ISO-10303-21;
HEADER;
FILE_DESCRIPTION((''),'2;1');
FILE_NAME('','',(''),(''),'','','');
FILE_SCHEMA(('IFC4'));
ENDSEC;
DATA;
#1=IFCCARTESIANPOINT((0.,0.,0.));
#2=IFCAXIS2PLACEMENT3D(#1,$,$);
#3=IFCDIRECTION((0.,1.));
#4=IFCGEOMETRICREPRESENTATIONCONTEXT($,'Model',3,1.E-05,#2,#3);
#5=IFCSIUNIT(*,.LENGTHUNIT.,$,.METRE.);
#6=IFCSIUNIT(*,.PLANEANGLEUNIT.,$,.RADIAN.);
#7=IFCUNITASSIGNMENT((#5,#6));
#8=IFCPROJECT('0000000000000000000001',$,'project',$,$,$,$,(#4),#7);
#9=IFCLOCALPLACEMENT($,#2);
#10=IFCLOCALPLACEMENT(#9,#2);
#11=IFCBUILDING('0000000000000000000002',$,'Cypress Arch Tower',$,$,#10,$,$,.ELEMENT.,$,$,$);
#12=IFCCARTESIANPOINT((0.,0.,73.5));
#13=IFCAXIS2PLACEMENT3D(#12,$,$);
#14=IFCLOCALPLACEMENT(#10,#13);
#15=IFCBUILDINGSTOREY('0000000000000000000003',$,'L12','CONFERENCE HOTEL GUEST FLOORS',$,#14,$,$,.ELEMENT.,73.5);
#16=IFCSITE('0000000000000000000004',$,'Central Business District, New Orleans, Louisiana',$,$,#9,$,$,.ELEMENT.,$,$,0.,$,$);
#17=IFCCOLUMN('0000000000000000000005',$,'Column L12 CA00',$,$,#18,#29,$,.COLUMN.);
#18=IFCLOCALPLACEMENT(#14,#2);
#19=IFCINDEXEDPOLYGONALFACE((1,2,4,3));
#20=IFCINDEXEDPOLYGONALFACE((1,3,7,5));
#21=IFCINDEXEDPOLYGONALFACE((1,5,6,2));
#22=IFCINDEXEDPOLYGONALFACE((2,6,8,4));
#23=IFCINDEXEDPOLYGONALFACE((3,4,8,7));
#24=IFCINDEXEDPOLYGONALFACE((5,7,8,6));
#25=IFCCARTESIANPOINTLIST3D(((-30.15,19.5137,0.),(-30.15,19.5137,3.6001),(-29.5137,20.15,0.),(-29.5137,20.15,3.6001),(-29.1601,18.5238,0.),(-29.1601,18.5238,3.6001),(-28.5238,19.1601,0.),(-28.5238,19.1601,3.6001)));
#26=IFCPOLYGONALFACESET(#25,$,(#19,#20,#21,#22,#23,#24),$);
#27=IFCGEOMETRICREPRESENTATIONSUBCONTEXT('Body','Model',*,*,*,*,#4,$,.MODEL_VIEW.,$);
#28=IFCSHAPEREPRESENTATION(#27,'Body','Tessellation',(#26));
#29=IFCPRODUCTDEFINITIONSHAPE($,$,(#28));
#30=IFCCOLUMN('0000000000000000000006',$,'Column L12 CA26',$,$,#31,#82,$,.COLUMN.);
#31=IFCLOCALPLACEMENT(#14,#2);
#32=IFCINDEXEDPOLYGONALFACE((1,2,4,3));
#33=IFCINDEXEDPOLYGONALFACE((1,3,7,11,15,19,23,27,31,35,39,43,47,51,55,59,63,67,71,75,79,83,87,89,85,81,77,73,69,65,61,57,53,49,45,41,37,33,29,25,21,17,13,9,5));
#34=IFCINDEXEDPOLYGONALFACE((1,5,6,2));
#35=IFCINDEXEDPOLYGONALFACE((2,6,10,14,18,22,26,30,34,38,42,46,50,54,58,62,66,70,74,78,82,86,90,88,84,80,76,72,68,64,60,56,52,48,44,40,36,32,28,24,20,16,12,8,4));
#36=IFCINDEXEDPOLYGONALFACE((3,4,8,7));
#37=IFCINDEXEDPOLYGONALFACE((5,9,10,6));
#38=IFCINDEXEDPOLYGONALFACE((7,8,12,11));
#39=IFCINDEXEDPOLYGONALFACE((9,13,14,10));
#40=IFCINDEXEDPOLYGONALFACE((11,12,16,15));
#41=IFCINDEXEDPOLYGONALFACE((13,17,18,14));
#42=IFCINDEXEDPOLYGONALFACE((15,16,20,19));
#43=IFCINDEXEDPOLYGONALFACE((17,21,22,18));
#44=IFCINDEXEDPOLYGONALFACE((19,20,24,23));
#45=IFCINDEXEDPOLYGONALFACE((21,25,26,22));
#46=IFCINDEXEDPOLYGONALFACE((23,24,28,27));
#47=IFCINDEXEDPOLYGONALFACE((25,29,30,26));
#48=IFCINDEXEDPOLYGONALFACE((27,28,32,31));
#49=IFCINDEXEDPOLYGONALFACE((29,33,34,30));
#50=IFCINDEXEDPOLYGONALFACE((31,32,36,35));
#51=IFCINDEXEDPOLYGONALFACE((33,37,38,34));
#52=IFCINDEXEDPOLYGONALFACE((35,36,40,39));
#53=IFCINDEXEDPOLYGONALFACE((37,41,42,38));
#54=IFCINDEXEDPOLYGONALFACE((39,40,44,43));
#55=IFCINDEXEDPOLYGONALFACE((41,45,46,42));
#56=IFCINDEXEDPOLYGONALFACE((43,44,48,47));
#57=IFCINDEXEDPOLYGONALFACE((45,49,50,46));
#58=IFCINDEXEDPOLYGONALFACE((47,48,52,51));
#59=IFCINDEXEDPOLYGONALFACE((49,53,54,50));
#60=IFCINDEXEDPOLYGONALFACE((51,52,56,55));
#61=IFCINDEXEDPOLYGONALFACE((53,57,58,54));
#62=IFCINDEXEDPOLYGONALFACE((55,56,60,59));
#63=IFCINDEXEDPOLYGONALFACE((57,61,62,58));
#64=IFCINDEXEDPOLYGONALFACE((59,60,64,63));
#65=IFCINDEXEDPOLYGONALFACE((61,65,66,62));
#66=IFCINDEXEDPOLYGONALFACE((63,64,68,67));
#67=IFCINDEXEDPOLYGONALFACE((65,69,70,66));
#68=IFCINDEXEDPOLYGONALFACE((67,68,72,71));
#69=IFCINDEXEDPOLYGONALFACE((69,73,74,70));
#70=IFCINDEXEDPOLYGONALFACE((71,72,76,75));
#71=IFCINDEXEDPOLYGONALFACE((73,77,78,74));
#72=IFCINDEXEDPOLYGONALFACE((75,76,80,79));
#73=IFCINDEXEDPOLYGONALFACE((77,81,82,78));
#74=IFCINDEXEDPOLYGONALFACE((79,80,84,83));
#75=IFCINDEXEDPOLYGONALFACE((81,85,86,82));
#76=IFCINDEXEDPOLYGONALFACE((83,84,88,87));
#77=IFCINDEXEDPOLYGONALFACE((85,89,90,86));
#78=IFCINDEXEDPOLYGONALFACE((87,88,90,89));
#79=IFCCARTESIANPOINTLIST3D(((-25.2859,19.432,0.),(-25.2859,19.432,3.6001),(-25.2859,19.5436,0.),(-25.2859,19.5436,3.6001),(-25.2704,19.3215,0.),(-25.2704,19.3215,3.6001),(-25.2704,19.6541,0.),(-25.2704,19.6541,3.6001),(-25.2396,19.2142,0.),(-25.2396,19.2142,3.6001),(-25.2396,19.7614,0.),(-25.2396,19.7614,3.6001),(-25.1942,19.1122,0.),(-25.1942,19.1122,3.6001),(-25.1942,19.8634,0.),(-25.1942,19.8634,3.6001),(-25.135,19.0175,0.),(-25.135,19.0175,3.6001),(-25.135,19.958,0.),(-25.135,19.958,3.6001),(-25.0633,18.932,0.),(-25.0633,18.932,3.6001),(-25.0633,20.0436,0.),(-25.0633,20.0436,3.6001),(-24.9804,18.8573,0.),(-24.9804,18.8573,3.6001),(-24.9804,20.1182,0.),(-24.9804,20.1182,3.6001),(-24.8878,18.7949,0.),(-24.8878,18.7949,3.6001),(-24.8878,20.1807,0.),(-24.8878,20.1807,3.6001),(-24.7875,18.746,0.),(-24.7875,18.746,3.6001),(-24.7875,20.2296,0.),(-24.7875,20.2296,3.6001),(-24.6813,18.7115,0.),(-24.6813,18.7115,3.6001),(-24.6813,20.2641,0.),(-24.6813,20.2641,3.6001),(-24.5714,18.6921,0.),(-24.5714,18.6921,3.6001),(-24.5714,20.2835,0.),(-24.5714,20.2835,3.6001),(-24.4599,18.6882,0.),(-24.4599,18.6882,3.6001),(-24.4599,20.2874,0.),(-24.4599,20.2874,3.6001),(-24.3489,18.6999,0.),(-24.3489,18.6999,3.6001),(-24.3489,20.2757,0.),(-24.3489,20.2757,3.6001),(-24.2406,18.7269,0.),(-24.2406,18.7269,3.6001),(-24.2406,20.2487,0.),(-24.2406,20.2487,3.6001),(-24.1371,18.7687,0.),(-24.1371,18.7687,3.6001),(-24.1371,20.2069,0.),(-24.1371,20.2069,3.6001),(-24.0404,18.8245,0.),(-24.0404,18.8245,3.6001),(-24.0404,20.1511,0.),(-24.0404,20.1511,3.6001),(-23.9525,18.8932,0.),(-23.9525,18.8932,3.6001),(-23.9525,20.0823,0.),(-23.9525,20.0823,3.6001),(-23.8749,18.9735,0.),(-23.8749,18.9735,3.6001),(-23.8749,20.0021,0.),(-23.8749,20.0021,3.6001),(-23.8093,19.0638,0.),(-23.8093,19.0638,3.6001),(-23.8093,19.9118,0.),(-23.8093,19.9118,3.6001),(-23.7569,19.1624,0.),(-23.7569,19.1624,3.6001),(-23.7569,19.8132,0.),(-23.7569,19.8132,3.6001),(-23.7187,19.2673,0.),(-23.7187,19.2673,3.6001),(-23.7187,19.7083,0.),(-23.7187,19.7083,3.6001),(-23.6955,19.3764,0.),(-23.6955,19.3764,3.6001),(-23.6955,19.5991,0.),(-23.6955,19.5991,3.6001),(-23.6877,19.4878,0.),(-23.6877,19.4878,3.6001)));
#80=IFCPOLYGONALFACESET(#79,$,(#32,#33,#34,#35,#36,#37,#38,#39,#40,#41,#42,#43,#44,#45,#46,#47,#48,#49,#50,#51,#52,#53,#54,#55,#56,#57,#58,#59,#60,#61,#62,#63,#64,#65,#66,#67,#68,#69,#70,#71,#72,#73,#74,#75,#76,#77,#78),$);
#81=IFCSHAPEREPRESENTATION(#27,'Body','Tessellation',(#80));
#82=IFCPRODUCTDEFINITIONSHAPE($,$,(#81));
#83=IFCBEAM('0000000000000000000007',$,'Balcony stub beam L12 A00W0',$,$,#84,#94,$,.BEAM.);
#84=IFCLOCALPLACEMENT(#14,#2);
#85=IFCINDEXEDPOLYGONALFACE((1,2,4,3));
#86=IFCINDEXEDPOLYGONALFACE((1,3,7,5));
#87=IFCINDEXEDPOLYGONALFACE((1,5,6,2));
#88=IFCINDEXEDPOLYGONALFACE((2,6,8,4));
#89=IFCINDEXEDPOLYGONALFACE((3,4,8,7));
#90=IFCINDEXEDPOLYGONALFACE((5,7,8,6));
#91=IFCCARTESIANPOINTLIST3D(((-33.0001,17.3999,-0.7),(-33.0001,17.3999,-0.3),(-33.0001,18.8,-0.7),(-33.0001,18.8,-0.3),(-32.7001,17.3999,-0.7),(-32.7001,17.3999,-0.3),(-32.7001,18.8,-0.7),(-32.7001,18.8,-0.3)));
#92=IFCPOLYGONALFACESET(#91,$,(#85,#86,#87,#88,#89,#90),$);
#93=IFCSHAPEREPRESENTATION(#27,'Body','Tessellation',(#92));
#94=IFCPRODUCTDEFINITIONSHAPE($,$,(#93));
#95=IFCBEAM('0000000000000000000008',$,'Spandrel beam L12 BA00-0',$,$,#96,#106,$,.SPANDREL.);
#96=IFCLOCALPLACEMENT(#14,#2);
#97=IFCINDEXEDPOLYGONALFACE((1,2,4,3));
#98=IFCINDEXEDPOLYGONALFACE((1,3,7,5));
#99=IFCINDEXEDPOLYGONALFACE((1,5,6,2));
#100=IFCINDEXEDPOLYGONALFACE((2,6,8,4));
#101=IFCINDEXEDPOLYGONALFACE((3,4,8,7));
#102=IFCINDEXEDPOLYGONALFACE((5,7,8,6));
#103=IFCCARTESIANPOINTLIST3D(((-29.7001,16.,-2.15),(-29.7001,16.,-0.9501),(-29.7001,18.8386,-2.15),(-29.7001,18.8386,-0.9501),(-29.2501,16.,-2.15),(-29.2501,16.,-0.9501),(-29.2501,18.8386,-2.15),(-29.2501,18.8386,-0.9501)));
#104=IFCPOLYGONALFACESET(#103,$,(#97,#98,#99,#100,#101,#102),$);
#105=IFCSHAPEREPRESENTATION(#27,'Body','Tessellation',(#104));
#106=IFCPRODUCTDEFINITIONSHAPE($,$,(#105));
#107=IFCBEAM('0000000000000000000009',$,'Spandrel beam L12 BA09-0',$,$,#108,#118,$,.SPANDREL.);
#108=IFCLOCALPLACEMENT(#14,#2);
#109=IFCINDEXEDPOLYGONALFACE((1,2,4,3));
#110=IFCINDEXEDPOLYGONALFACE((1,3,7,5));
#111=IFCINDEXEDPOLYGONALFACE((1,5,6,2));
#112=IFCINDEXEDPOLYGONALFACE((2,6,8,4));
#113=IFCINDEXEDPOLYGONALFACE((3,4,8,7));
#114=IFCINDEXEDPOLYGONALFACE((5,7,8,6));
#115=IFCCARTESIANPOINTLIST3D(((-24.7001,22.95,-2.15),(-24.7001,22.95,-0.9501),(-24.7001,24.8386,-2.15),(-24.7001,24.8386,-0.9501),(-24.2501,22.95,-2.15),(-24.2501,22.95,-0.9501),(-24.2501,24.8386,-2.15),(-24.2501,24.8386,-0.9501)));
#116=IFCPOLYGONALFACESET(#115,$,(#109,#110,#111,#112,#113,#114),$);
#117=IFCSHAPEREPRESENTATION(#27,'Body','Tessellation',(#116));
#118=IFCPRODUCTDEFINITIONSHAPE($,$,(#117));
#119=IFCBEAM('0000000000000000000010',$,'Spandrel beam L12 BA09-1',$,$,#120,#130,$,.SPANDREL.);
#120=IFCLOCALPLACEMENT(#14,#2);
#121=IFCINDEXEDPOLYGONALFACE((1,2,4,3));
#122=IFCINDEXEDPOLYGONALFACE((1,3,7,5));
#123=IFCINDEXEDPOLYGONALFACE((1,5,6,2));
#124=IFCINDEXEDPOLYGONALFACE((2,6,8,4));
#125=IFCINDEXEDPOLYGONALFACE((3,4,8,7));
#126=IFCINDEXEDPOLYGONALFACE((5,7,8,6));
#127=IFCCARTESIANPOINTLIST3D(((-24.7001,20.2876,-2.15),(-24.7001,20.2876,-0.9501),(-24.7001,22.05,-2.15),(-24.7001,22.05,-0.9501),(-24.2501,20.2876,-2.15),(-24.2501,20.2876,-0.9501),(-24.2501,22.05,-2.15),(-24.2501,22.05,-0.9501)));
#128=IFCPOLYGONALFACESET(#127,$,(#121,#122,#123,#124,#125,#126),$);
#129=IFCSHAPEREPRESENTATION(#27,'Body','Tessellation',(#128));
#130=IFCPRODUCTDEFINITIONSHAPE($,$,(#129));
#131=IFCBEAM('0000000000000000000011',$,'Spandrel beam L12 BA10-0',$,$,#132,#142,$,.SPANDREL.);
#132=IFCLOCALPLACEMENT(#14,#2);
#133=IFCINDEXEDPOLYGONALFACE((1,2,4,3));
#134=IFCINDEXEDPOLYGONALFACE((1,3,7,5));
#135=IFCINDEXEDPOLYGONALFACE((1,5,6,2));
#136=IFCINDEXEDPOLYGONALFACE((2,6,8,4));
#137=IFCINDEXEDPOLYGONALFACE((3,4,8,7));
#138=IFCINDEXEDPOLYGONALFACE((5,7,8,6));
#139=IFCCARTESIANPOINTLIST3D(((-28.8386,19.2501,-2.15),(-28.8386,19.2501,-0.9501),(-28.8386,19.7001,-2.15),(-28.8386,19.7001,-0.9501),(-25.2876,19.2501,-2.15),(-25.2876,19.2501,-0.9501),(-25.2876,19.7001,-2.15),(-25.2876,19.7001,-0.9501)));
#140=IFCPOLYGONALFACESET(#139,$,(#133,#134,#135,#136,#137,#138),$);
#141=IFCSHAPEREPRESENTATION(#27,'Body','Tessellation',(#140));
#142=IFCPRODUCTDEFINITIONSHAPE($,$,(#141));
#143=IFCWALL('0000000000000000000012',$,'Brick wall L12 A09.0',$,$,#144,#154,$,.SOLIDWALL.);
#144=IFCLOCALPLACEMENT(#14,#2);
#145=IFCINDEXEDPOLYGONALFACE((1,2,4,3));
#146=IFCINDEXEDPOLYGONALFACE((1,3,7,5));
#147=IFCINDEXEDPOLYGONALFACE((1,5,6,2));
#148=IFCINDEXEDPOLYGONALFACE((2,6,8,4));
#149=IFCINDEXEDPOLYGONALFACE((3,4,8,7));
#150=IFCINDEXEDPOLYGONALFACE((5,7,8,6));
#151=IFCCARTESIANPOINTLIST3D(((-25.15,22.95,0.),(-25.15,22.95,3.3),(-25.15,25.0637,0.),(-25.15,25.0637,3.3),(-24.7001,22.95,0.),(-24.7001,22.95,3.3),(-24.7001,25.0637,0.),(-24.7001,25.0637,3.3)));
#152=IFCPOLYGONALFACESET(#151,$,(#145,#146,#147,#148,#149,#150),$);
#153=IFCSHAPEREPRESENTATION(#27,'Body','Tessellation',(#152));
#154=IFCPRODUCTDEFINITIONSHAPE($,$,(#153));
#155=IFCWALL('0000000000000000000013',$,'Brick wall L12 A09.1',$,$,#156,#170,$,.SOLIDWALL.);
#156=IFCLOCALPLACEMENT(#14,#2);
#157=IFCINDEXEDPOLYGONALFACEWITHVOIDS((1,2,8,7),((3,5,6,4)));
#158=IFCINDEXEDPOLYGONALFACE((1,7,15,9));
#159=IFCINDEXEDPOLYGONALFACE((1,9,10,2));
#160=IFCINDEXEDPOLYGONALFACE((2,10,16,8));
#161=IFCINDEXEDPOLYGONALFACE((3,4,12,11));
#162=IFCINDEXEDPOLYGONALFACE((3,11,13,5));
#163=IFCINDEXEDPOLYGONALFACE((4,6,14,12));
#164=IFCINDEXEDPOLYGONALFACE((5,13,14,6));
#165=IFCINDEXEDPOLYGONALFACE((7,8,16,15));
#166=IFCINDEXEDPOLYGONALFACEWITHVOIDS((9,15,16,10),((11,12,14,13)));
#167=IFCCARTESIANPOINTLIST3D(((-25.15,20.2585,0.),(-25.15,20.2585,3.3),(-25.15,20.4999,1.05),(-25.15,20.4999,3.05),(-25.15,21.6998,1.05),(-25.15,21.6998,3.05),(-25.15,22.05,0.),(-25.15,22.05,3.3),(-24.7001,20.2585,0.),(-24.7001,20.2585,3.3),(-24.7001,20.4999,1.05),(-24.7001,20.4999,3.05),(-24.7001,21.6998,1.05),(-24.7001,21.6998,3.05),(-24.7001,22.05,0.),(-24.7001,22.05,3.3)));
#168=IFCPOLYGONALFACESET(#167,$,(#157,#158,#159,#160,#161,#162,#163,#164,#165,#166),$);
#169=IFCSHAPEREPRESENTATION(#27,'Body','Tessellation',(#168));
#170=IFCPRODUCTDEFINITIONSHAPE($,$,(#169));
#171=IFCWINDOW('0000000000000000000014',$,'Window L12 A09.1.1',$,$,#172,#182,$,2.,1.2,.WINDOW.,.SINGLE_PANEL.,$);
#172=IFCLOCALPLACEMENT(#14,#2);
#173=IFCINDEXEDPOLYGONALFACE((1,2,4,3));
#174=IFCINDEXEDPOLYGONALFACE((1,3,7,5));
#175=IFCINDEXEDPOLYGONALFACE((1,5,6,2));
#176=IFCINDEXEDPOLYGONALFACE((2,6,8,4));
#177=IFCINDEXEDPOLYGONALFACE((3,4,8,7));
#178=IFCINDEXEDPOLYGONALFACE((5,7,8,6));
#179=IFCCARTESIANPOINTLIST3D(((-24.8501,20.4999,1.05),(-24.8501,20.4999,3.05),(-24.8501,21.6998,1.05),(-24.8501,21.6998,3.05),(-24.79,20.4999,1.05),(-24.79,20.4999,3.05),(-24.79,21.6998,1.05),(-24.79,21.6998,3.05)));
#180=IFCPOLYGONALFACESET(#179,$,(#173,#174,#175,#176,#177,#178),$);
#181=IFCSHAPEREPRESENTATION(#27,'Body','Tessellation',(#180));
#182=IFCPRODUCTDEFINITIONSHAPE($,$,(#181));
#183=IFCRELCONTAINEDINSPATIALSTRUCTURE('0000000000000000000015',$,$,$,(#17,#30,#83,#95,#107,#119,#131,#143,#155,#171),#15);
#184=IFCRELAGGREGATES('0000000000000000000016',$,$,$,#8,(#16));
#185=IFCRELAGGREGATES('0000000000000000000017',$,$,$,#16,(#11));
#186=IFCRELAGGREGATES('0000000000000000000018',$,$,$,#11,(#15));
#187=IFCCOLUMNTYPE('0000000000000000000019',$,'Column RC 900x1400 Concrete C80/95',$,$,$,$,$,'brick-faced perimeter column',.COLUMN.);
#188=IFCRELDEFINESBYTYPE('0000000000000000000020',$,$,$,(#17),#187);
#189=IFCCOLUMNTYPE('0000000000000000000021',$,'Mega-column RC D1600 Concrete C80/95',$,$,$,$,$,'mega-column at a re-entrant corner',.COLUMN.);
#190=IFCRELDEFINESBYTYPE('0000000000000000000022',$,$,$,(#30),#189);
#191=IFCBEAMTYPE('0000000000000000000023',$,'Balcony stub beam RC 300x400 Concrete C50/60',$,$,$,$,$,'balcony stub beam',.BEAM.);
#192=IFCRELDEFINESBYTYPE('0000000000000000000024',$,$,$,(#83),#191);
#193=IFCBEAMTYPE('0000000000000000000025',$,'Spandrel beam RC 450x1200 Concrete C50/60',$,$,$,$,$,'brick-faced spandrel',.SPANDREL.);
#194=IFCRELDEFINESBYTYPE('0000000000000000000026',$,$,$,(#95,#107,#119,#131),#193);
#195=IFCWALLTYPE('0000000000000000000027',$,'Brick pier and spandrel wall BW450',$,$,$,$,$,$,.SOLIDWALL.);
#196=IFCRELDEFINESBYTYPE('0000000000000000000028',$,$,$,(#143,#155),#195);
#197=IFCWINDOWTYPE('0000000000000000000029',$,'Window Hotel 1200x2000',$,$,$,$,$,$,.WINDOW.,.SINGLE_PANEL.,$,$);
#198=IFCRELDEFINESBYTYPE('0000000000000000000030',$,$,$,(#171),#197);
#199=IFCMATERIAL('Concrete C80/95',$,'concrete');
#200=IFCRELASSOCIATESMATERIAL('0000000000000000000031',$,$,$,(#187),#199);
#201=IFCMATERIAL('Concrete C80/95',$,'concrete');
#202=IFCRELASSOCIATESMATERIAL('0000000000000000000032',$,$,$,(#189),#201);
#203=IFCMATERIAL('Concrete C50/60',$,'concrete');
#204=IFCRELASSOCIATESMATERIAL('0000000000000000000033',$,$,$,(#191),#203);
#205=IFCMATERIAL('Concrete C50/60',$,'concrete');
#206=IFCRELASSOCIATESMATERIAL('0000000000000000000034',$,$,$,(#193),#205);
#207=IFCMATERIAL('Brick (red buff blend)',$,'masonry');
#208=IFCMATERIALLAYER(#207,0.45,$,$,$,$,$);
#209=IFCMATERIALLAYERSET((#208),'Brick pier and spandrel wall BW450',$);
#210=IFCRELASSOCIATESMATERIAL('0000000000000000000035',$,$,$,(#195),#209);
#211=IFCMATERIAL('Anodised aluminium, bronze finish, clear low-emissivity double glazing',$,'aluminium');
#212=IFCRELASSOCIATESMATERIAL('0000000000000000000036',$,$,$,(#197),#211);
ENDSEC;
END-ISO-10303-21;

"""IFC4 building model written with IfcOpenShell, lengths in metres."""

from ifc_helpers import new_model, si_unit, direction, frame, frame_2d, origin, origin_2d, place, context, subcontext, project, spatial, rectangle, circle, extrude, material, layer, layer_set, material_profile, profile_set, type_object, element, fill, save


model = new_model("IFC4")

# Units and contexts
model_context = context("Model", 3, precision=1e-05, world=origin(), true_north=direction((0.0, 1.0)))
body_context = subcontext(model_context, "Body", "Model", "MODEL_VIEW")
ifc_project = project(units=[si_unit("LENGTHUNIT", "METRE"), si_unit("PLANEANGLEUNIT", "RADIAN")], contexts=[model_context])

# Site, building, storey
site_placement = place(None, origin())
site = spatial("IfcSite", under=ifc_project, at=site_placement, Name="Central Business District, New Orleans, Louisiana", CompositionType="ELEMENT", RefElevation=0.0)
building_placement = place(site_placement, origin())
building = spatial("IfcBuilding", under=site, at=building_placement, Name="Cypress Arch Tower", CompositionType="ELEMENT")
storey_placement = place(building_placement, frame((0.0, 0.0, 73.5)))
storey = spatial("IfcBuildingStorey", under=building, at=storey_placement, Name="L12", Description="CONFERENCE HOTEL GUEST FLOORS", CompositionType="ELEMENT", Elevation=73.5)

# Columns
ifc_material_1 = material(Name="Concrete C80/95", Category="concrete")
ifc_material_profile_1 = material_profile(ifc_material_1, rectangle(XDim=0.8999, YDim=1.3999, at=origin_2d()), Name="RC 900x1400")
ifc_profile_set_1 = profile_set([ifc_material_profile_1], Name="Concrete C80/95")
column_type_1 = type_object("IfcColumnType", Name="Column RC 900x1400 Concrete C80/95", ElementType="brick-faced perimeter column", PredefinedType="COLUMN", material=ifc_profile_set_1)
column_1_placement = place(storey_placement, frame((-29.3369, 19.3369, 0.0), z_axis=(0.0, 0.0, 1.0), x_axis=(-0.707107, -0.707107, 0.0)))
element("IfcColumn", 1, at=column_1_placement, inside=storey, type_object=column_type_1, Name="Column L12 CA00", PredefinedType="COLUMN", context=body_context, shape_type="SweptSolid", body=[
    extrude(rectangle(XDim=0.8999, YDim=1.3999, at=origin_2d()), origin(), (0.0, 0.0, 1.0), 3.6001),
])
ifc_material_2 = material(Name="Concrete C80/95", Category="concrete")
ifc_material_profile_2 = material_profile(ifc_material_2, circle(Radius=0.8, at=origin_2d()), Name="RC D1600")
ifc_profile_set_2 = profile_set([ifc_material_profile_2], Name="Concrete C80/95")
column_type_2 = type_object("IfcColumnType", Name="Mega-column RC D1600 Concrete C80/95", ElementType="mega-column at a re-entrant corner", PredefinedType="COLUMN", material=ifc_profile_set_2)
column_2_placement = place(storey_placement, frame((-24.4878, 19.4878, 0.0), z_axis=(0.0, 0.0, 1.0), x_axis=(1.0, 0.0, 0.0)))
element("IfcColumn", 2, at=column_2_placement, inside=storey, type_object=column_type_2, Name="Column L12 CA26", PredefinedType="COLUMN", context=body_context, shape_type="SweptSolid", body=[
    extrude(circle(Radius=0.8, at=origin_2d()), origin(), (0.0, 0.0, 1.0), 3.6001),
])

# Beams
ifc_material_3 = material(Name="Concrete C50/60", Category="concrete")
ifc_material_profile_3 = material_profile(ifc_material_3, rectangle(XDim=0.3, YDim=0.3999, at=origin_2d()), Name="RC 300x400")
ifc_profile_set_3 = profile_set([ifc_material_profile_3], Name="Concrete C50/60")
beam_type_1 = type_object("IfcBeamType", Name="Balcony stub beam RC 300x400 Concrete C50/60", ElementType="balcony stub beam", PredefinedType="BEAM", material=ifc_profile_set_3)
beam_1_placement = place(storey_placement, frame((-32.8501, 18.8, -0.5), z_axis=(0.0, -1.0, 0.0), x_axis=(1.0, 0.0, 0.0)))
element("IfcBeam", 3, at=beam_1_placement, inside=storey, type_object=beam_type_1, Name="Balcony stub beam L12 A00W0", PredefinedType="BEAM", context=body_context, shape_type="SweptSolid", body=[
    extrude(rectangle(XDim=0.3, YDim=0.3999, at=origin_2d()), origin(), (0.0, 0.0, 1.0), 1.4001),
])
ifc_material_4 = material(Name="Concrete C50/60", Category="concrete")
ifc_material_profile_4 = material_profile(ifc_material_4, rectangle(XDim=0.45, YDim=1.2, at=origin_2d()), Name="RC 450x1200")
ifc_profile_set_4 = profile_set([ifc_material_profile_4], Name="Concrete C50/60")
beam_type_2 = type_object("IfcBeamType", Name="Spandrel beam RC 450x1200 Concrete C50/60", ElementType="brick-faced spandrel", PredefinedType="SPANDREL", material=ifc_profile_set_4)
beam_2_placement = place(storey_placement, frame((-29.4751, 18.8386, -1.55), z_axis=(0.0, -1.0, 0.0), x_axis=(1.0, 0.0, 0.0)))
element("IfcBeam", 4, at=beam_2_placement, inside=storey, type_object=beam_type_2, Name="Spandrel beam L12 BA00-0", PredefinedType="SPANDREL", context=body_context, shape_type="SweptSolid", body=[
    extrude(rectangle(XDim=0.45, YDim=1.2, at=origin_2d()), origin(), (0.0, 0.0, 1.0), 2.8386),
])
beam_3_placement = place(storey_placement, frame((-24.4751, 24.8386, -1.55), z_axis=(0.0, -1.0, 0.0), x_axis=(1.0, 0.0, 0.0)))
element("IfcBeam", 5, at=beam_3_placement, inside=storey, type_object=beam_type_2, Name="Spandrel beam L12 BA09-0", PredefinedType="SPANDREL", context=body_context, shape_type="SweptSolid", body=[
    extrude(rectangle(XDim=0.45, YDim=1.2, at=origin_2d()), origin(), (0.0, 0.0, 1.0), 1.8887),
])
beam_4_placement = place(storey_placement, frame((-24.4751, 22.05, -1.55), z_axis=(0.0, -1.0, 0.0), x_axis=(1.0, 0.0, 0.0)))
element("IfcBeam", 6, at=beam_4_placement, inside=storey, type_object=beam_type_2, Name="Spandrel beam L12 BA09-1", PredefinedType="SPANDREL", context=body_context, shape_type="SweptSolid", body=[
    extrude(rectangle(XDim=0.45, YDim=1.2, at=origin_2d()), origin(), (0.0, 0.0, 1.0), 1.7625),
])
beam_5_placement = place(storey_placement, frame((-25.2876, 19.4751, -1.55), z_axis=(-1.0, 0.0, 0.0), x_axis=(0.0, -1.0, 0.0)))
element("IfcBeam", 7, at=beam_5_placement, inside=storey, type_object=beam_type_2, Name="Spandrel beam L12 BA10-0", PredefinedType="SPANDREL", context=body_context, shape_type="SweptSolid", body=[
    extrude(rectangle(XDim=0.45, YDim=1.2, at=origin_2d()), origin(), (0.0, 0.0, 1.0), 3.551),
])

# Shared definitions
ifc_material_5 = material(Name="Brick (red buff blend)", Category="masonry")
ifc_layer = layer(ifc_material_5, 0.45)
ifc_layer_set = layer_set([ifc_layer], Name="Brick pier and spandrel wall BW450")
wall_type = type_object("IfcWallType", Name="Brick pier and spandrel wall BW450", PredefinedType="SOLIDWALL", material=ifc_layer_set)

# Wall
wall_1_placement = place(storey_placement, frame((-24.925, 25.0637, 0.0), z_axis=(0.0, 0.0, 1.0), x_axis=(0.0, -1.0, 0.0)))
element("IfcWall", 8, at=wall_1_placement, inside=storey, type_object=wall_type, Name="Brick wall L12 A09.0", PredefinedType="SOLIDWALL", context=body_context, shape_type="SweptSolid", body=[
    extrude(rectangle(XDim=2.1138, YDim=0.45, at=frame_2d((1.0569, 0.0))), origin(), (0.0, 0.0, 1.0), 3.3),
])

# Wall, opening, window
wall_2_placement = place(storey_placement, frame((-24.925, 22.05, 0.0), z_axis=(0.0, 0.0, 1.0), x_axis=(0.0, -1.0, 0.0)))
wall_2 = element("IfcWall", 9, at=wall_2_placement, inside=storey, type_object=wall_type, Name="Brick wall L12 A09.1", PredefinedType="SOLIDWALL", context=body_context, shape_type="SweptSolid", body=[
    extrude(rectangle(XDim=1.7915, YDim=0.45, at=frame_2d((0.8958, 0.0))), origin(), (0.0, 0.0, 1.0), 3.3),
])
opening_1_placement = place(wall_2_placement, frame((0.3501, 0.0, 1.05)))
opening_1 = element("IfcOpeningElement", 10, at=opening_1_placement, cuts=wall_2, PredefinedType="OPENING", context=body_context, shape_type="SweptSolid", body=[
    extrude(rectangle(XDim=1.2, YDim=2.0, at=frame_2d((0.6001, 1.0))), frame((0.0, 0.2349, 0.0), z_axis=(0.0, -1.0, 0.0), x_axis=(1.0, 0.0, 0.0)), (0.0, 0.0, 1.0), 0.47),
])
ifc_material_6 = material(Name="Anodised aluminium, bronze finish, clear low-emissivity double glazing", Category="aluminium")
window_type_1 = type_object("IfcWindowType", Name="Window Hotel 1200x2000", PartitioningType="SINGLE_PANEL", PredefinedType="WINDOW", material=ifc_material_6)
window_1_placement = place(opening_1_placement, origin())
window_1 = element("IfcWindow", 11, at=window_1_placement, inside=storey, type_object=window_type_1, Name="Window L12 A09.1.1", OverallHeight=2.0, OverallWidth=1.2, PartitioningType="SINGLE_PANEL", PredefinedType="WINDOW", context=body_context, shape_type="SweptSolid", body=[
    extrude(rectangle(XDim=1.2, YDim=2.0, at=frame_2d((0.6001, 1.0))), frame((0.0, 0.135, 0.0), z_axis=(0.0, -1.0, 0.0), x_axis=(1.0, 0.0, 0.0)), (0.0, 0.0, 1.0), 0.0601),
])
fill(opening_1, window_1)

save(model, "model.ifc")
